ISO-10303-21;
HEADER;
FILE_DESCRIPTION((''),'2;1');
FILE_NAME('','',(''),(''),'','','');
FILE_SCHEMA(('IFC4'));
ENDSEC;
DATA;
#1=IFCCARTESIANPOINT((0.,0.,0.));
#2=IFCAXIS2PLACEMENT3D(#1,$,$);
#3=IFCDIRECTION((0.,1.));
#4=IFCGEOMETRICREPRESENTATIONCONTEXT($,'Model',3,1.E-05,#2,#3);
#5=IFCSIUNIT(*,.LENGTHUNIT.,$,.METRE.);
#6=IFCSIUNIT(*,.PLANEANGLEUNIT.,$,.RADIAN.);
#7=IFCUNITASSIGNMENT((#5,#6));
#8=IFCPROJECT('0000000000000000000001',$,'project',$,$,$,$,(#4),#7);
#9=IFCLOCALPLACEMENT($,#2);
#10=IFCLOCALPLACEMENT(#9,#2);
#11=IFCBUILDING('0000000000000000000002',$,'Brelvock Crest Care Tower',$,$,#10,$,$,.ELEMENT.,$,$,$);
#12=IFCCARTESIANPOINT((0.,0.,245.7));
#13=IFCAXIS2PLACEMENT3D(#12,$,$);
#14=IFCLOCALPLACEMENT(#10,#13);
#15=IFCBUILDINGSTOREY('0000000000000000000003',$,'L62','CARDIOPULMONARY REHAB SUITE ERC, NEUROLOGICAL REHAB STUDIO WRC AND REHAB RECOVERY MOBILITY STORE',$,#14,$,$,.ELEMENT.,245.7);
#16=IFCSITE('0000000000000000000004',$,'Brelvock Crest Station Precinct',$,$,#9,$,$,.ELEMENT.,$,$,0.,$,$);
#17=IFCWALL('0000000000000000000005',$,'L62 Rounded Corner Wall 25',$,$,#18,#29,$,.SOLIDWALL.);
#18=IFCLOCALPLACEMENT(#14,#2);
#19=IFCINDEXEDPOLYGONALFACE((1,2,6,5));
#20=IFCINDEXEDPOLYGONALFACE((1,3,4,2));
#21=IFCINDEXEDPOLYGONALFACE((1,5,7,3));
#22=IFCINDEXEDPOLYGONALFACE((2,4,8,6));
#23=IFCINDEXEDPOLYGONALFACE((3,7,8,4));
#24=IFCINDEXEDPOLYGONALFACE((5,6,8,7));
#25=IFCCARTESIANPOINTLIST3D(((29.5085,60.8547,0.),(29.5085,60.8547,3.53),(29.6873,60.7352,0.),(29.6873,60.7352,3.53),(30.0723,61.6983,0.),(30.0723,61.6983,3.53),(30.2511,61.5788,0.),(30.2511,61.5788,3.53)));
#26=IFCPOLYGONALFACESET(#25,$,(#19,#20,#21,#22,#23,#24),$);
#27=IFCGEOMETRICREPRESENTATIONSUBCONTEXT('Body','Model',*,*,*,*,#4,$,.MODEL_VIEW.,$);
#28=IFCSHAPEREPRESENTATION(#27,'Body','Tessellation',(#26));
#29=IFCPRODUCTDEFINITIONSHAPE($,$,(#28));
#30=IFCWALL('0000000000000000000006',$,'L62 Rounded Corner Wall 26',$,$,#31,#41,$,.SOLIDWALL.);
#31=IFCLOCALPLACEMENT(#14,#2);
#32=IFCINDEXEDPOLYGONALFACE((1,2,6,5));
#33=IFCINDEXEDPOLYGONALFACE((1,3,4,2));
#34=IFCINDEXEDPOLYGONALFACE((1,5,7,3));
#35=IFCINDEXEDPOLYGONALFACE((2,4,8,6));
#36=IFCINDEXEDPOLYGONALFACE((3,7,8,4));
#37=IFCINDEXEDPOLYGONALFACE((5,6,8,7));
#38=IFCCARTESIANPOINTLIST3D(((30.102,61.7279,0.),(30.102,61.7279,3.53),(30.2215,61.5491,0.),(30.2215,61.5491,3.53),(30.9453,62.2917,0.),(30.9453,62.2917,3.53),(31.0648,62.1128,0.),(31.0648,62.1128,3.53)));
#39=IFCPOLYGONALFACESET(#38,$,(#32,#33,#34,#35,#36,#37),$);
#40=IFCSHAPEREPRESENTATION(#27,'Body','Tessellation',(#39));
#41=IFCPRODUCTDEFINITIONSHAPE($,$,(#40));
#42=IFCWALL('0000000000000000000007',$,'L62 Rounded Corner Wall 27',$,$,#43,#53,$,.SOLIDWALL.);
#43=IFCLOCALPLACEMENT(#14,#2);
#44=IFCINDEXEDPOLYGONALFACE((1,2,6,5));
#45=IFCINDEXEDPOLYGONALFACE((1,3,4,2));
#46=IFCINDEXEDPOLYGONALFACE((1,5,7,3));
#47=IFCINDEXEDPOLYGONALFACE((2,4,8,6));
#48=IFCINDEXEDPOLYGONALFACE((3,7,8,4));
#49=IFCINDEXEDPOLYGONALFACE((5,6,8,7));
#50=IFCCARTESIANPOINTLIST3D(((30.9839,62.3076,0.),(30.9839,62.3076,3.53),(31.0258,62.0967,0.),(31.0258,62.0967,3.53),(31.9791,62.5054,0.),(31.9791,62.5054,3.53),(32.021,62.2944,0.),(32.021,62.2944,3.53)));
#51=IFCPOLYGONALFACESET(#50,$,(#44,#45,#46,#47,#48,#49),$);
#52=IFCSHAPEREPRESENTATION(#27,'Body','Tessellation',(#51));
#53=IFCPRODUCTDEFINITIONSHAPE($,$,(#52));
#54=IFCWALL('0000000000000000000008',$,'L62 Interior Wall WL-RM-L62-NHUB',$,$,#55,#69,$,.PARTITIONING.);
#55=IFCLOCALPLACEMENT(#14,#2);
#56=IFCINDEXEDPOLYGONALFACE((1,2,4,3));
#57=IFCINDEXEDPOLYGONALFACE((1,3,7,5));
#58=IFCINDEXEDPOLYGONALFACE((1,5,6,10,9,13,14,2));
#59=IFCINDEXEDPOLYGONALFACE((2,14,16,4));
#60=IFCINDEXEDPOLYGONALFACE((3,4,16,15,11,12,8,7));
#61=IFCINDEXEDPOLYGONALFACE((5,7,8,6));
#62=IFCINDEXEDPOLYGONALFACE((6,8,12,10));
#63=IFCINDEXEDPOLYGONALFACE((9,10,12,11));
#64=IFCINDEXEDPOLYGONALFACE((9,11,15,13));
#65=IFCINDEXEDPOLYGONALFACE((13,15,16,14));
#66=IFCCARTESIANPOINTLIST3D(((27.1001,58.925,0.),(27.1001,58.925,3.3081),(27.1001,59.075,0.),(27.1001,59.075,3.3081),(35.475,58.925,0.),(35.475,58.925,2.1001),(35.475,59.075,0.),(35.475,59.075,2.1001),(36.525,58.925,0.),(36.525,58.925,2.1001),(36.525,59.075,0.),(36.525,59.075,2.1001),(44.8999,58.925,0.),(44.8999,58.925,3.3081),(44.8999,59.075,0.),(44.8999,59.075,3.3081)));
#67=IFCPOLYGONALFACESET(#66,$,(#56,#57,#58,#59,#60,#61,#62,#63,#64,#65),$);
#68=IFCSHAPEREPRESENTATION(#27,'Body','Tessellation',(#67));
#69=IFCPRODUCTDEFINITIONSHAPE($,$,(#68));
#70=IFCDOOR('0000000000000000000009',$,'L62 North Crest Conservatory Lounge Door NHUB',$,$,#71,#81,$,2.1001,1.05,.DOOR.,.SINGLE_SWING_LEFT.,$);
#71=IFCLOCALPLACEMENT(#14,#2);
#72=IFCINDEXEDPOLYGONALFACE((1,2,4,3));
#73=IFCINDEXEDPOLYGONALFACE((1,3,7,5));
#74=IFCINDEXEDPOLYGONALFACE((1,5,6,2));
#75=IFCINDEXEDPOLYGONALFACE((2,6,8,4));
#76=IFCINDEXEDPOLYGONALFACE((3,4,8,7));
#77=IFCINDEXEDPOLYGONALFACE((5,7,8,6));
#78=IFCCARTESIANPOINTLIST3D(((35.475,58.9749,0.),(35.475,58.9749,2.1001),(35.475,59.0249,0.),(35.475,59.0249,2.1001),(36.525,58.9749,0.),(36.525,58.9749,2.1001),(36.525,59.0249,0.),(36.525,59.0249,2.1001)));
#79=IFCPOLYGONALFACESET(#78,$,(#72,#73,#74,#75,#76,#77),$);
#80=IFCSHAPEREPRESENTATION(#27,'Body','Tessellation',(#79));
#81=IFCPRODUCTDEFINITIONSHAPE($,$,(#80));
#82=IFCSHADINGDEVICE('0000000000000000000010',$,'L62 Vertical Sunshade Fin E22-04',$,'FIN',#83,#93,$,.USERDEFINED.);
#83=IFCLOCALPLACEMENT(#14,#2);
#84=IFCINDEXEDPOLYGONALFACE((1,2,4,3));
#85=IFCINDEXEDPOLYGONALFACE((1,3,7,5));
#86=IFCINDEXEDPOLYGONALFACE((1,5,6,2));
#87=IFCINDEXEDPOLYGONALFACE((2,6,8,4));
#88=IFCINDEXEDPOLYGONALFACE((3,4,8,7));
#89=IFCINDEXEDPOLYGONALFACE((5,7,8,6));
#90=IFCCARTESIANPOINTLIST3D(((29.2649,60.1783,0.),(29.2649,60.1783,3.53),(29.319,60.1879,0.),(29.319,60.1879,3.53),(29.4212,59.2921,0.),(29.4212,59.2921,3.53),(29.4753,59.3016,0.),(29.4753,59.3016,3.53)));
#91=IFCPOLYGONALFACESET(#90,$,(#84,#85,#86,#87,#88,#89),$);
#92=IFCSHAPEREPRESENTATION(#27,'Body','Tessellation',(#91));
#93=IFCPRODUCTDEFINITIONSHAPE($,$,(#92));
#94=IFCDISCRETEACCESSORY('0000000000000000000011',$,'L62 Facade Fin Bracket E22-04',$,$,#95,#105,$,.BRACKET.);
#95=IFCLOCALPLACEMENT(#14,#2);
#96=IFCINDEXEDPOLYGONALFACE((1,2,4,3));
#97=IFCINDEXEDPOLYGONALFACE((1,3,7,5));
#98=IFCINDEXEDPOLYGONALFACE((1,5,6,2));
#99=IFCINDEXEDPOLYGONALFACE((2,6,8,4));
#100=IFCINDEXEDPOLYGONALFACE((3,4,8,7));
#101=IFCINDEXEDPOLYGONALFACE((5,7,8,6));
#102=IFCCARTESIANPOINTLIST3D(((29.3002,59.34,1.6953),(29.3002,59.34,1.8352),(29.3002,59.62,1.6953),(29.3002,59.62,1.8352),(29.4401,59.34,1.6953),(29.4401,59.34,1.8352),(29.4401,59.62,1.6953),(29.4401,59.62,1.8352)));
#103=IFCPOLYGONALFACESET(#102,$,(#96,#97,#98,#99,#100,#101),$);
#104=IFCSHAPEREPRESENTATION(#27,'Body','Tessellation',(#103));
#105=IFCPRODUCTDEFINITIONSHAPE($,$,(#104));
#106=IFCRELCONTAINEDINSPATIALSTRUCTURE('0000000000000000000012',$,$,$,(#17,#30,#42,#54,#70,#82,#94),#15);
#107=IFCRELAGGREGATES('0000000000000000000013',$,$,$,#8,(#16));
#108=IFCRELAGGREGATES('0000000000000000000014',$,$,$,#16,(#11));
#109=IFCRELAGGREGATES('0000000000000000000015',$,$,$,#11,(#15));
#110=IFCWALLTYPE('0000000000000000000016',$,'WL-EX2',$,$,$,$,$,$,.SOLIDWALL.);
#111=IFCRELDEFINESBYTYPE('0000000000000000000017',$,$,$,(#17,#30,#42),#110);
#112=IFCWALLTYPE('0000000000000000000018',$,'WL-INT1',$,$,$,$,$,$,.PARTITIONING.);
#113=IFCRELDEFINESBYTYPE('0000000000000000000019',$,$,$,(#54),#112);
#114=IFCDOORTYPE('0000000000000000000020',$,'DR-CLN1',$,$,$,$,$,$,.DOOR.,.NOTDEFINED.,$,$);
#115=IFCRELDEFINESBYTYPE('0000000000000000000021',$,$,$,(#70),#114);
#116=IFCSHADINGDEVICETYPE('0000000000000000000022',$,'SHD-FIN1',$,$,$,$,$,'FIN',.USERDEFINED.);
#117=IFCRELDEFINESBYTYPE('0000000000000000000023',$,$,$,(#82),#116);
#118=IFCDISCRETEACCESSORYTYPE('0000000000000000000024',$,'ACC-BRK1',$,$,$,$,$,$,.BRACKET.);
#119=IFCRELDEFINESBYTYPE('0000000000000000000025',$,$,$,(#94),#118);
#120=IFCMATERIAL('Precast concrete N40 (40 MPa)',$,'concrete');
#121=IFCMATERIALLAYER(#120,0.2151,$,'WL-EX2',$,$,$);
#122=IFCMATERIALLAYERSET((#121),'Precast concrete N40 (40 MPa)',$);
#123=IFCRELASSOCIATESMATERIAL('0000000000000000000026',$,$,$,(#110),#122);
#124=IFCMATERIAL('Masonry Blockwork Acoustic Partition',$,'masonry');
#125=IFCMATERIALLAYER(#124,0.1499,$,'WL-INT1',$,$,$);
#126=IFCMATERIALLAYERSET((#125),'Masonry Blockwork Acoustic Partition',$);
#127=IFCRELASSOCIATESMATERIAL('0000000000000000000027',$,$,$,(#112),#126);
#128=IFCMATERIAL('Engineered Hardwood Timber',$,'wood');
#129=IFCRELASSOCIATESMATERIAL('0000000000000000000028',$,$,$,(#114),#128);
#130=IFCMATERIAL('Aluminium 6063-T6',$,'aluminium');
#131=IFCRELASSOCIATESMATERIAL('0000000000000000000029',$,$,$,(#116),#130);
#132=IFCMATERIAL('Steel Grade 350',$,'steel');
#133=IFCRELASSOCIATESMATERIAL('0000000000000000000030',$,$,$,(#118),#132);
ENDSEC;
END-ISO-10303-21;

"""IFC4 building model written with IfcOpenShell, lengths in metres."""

from ifc_helpers import new_model, si_unit, direction, frame, frame_2d, origin, origin_2d, place, context, subcontext, project, spatial, rectangle, extrude, source, transform, mapped, material, layer, layer_set, material_profile, profile_set, type_object, element, fill, save


model = new_model("IFC4")

# Units and contexts
model_context = context("Model", 3, precision=1e-05, world=origin(), true_north=direction((0.0, 1.0)))
body_context = subcontext(model_context, "Body", "Model", "MODEL_VIEW")
ifc_project = project(units=[si_unit("LENGTHUNIT", "METRE"), si_unit("PLANEANGLEUNIT", "RADIAN")], contexts=[model_context])

# Site, building, storey
site_placement = place(None, origin())
site = spatial("IfcSite", under=ifc_project, at=site_placement, Name="Brelvock Crest Station Precinct", CompositionType="ELEMENT", RefElevation=0.0)
building_placement = place(site_placement, origin())
building = spatial("IfcBuilding", under=site, at=building_placement, Name="Brelvock Crest Care Tower", CompositionType="ELEMENT")
storey_placement = place(building_placement, frame((0.0, 0.0, 245.7)))
storey = spatial("IfcBuildingStorey", under=building, at=storey_placement, Name="L62", Description="CARDIOPULMONARY REHAB SUITE ERC, NEUROLOGICAL REHAB STUDIO WRC AND REHAB RECOVERY MOBILITY STORE", CompositionType="ELEMENT", Elevation=245.7)

# Shared definitions
ifc_material_1 = material(Name="Steel Grade 350", Category="steel")

# Shared definitions
ifc_material_2 = material(Name="Aluminium 6063-T6", Category="aluminium")

# Walls
ifc_material_3 = material(Name="Precast concrete N40 (40 MPa)", Category="concrete")
ifc_layer_1 = layer(ifc_material_3, 0.2151, Name="WL-EX2")
ifc_layer_set_1 = layer_set([ifc_layer_1], Name="Precast concrete N40 (40 MPa)")
wall_type_1 = type_object("IfcWallType", Name="WL-EX2", PredefinedType="SOLIDWALL", material=ifc_layer_set_1)
wall_1_placement = place(storey_placement, frame((29.5979, 60.7949, 0.0), z_axis=(0.0, 0.0, 1.0), x_axis=(0.555644, 0.83142, 0.0)))
element("IfcWall", 1, at=wall_1_placement, inside=storey, type_object=wall_type_1, Name="L62 Rounded Corner Wall 25", PredefinedType="SOLIDWALL", context=body_context, shape_type="SweptSolid", body=[
    extrude(rectangle(XDim=1.0146, YDim=0.2151, at=frame_2d((0.5073, 0.0))), origin(), (0.0, 0.0, 1.0), 3.53),
])
wall_2_placement = place(storey_placement, frame((30.1616, 61.6384, 0.0), z_axis=(0.0, 0.0, 1.0), x_axis=(0.831346, 0.555755, 0.0)))
element("IfcWall", 2, at=wall_2_placement, inside=storey, type_object=wall_type_1, Name="L62 Rounded Corner Wall 26", PredefinedType="SOLIDWALL", context=body_context, shape_type="SweptSolid", body=[
    extrude(rectangle(XDim=1.0144, YDim=0.2151, at=frame_2d((0.5073, 0.0))), origin(), (0.0, 0.0, 1.0), 3.53),
])
wall_3_placement = place(storey_placement, frame((31.0049, 62.2021, 0.0), z_axis=(0.0, 0.0, 1.0), x_axis=(0.980821, 0.194913, 0.0)))
element("IfcWall", 3, at=wall_3_placement, inside=storey, type_object=wall_type_1, Name="L62 Rounded Corner Wall 27", PredefinedType="SOLIDWALL", context=body_context, shape_type="SweptSolid", body=[
    extrude(rectangle(XDim=1.0146, YDim=0.2151, at=frame_2d((0.5073, 0.0))), origin(), (0.0, 0.0, 1.0), 3.53),
])

# Wall, opening, door
ifc_material_4 = material(Name="Masonry Blockwork Acoustic Partition", Category="masonry")
ifc_layer_2 = layer(ifc_material_4, 0.1499, Name="WL-INT1")
ifc_layer_set_2 = layer_set([ifc_layer_2], Name="Masonry Blockwork Acoustic Partition")
wall_type_2 = type_object("IfcWallType", Name="WL-INT1", PredefinedType="PARTITIONING", material=ifc_layer_set_2)
wall_4_placement = place(storey_placement, frame((27.1001, 59.0, 0.0), z_axis=(0.0, 0.0, 1.0), x_axis=(1.0, 0.0, 0.0)))
wall_4 = element("IfcWall", 4, at=wall_4_placement, inside=storey, type_object=wall_type_2, Name="L62 Interior Wall WL-RM-L62-NHUB", PredefinedType="PARTITIONING", context=body_context, shape_type="SweptSolid", body=[
    extrude(rectangle(XDim=17.7998, YDim=0.1499, at=frame_2d((8.8999, 0.0))), origin(), (0.0, 0.0, 1.0), 3.3081),
])
opening_placement = place(wall_4_placement, frame((8.375, 0.0, 0.0)))
opening = element("IfcOpeningElement", 5, at=opening_placement, cuts=wall_4, PredefinedType="OPENING", context=body_context, shape_type="SweptSolid", body=[
    extrude(rectangle(XDim=1.05, YDim=2.1001, at=origin_2d()), frame((0.5249, 0.085, 1.05), z_axis=(0.0, -1.0, 0.0), x_axis=(1.0, 0.0, 0.0)), (0.0, 0.0, 1.0), 0.1699),
])
ifc_material_5 = material(Name="Engineered Hardwood Timber", Category="wood")
door_type = type_object("IfcDoorType", Name="DR-CLN1", OperationType="NOTDEFINED", PredefinedType="DOOR", material=ifc_material_5)
shared_shape_1 = source(origin(), body_context, "Body", "SweptSolid", [
    extrude(rectangle(XDim=1.05, YDim=2.1001, at=origin_2d()), frame((0.5249, 0.0249, 1.05), z_axis=(0.0, -1.0, 0.0), x_axis=(1.0, 0.0, 0.0)), (0.0, 0.0, 1.0), 0.05),
])
door_placement = place(opening_placement, origin())
door = element("IfcDoor", 6, at=door_placement, inside=storey, type_object=door_type, Name="L62 North Crest Conservatory Lounge Door NHUB", OperationType="SINGLE_SWING_LEFT", OverallHeight=2.1001, OverallWidth=1.05, PredefinedType="DOOR", context=body_context, shape_type="MappedRepresentation", body=[
    mapped(shared_shape_1, transform((0.0, 0.0, 0.0), x_axis=(1.0, 0.0, 0.0), y_axis=(0.0, 1.0, 0.0), z_axis=(0.0, 0.0, 1.0), scale=1.0)),
])
fill(opening, door)

# Shading device
ifc_material_profile_1 = material_profile(ifc_material_2, rectangle(XDim=0.0549, YDim=0.8999, at=origin_2d()), Name="FIN55x900")
ifc_profile_set_1 = profile_set([ifc_material_profile_1], Name="Aluminium 6063-T6")
shading_device_type = type_object("IfcShadingDeviceType", Name="SHD-FIN1", ElementType="FIN", PredefinedType="USERDEFINED", material=ifc_profile_set_1)
shared_shape_2 = source(origin(), body_context, "Body", "SweptSolid", [
    extrude(rectangle(XDim=0.0549, YDim=0.8999, at=origin_2d()), origin(), (0.0, 0.0, 1.0), 3.53),
])
shading_device_placement = place(storey_placement, frame((29.3701, 59.74, 0.0), z_axis=(0.0, 0.0, 1.0), x_axis=(0.984808, 0.173648, 0.0)))
element("IfcShadingDevice", 7, at=shading_device_placement, inside=storey, type_object=shading_device_type, Name="L62 Vertical Sunshade Fin E22-04", ObjectType="FIN", PredefinedType="USERDEFINED", context=body_context, shape_type="MappedRepresentation", body=[
    mapped(shared_shape_2, transform((0.0, 0.0, 0.0), x_axis=(1.0, 0.0, 0.0), y_axis=(0.0, 1.0, 0.0), z_axis=(0.0, 0.0, 1.0), scale=1.0)),
])

# Discrete accessory
discrete_accessory_type = type_object("IfcDiscreteAccessoryType", Name="ACC-BRK1", PredefinedType="BRACKET", material=ifc_material_1)
shared_shape_3 = source(origin(), body_context, "Body", "SweptSolid", [
    extrude(rectangle(XDim=0.28, YDim=0.1399, at=origin_2d()), origin(), (0.0, 0.0, 1.0), 0.1399),
])
discrete_accessory_placement = place(storey_placement, frame((29.3701, 59.48, 1.6953), z_axis=(0.0, 0.0, 1.0), x_axis=(0.0, 1.0, 0.0)))
element("IfcDiscreteAccessory", 8, at=discrete_accessory_placement, inside=storey, type_object=discrete_accessory_type, Name="L62 Facade Fin Bracket E22-04", PredefinedType="BRACKET", context=body_context, shape_type="MappedRepresentation", body=[
    mapped(shared_shape_3, transform((0.0, 0.0, 0.0), x_axis=(1.0, 0.0, 0.0), y_axis=(0.0, 1.0, 0.0), z_axis=(0.0, 0.0, 1.0), scale=1.0)),
])

save(model, "model.ifc")
